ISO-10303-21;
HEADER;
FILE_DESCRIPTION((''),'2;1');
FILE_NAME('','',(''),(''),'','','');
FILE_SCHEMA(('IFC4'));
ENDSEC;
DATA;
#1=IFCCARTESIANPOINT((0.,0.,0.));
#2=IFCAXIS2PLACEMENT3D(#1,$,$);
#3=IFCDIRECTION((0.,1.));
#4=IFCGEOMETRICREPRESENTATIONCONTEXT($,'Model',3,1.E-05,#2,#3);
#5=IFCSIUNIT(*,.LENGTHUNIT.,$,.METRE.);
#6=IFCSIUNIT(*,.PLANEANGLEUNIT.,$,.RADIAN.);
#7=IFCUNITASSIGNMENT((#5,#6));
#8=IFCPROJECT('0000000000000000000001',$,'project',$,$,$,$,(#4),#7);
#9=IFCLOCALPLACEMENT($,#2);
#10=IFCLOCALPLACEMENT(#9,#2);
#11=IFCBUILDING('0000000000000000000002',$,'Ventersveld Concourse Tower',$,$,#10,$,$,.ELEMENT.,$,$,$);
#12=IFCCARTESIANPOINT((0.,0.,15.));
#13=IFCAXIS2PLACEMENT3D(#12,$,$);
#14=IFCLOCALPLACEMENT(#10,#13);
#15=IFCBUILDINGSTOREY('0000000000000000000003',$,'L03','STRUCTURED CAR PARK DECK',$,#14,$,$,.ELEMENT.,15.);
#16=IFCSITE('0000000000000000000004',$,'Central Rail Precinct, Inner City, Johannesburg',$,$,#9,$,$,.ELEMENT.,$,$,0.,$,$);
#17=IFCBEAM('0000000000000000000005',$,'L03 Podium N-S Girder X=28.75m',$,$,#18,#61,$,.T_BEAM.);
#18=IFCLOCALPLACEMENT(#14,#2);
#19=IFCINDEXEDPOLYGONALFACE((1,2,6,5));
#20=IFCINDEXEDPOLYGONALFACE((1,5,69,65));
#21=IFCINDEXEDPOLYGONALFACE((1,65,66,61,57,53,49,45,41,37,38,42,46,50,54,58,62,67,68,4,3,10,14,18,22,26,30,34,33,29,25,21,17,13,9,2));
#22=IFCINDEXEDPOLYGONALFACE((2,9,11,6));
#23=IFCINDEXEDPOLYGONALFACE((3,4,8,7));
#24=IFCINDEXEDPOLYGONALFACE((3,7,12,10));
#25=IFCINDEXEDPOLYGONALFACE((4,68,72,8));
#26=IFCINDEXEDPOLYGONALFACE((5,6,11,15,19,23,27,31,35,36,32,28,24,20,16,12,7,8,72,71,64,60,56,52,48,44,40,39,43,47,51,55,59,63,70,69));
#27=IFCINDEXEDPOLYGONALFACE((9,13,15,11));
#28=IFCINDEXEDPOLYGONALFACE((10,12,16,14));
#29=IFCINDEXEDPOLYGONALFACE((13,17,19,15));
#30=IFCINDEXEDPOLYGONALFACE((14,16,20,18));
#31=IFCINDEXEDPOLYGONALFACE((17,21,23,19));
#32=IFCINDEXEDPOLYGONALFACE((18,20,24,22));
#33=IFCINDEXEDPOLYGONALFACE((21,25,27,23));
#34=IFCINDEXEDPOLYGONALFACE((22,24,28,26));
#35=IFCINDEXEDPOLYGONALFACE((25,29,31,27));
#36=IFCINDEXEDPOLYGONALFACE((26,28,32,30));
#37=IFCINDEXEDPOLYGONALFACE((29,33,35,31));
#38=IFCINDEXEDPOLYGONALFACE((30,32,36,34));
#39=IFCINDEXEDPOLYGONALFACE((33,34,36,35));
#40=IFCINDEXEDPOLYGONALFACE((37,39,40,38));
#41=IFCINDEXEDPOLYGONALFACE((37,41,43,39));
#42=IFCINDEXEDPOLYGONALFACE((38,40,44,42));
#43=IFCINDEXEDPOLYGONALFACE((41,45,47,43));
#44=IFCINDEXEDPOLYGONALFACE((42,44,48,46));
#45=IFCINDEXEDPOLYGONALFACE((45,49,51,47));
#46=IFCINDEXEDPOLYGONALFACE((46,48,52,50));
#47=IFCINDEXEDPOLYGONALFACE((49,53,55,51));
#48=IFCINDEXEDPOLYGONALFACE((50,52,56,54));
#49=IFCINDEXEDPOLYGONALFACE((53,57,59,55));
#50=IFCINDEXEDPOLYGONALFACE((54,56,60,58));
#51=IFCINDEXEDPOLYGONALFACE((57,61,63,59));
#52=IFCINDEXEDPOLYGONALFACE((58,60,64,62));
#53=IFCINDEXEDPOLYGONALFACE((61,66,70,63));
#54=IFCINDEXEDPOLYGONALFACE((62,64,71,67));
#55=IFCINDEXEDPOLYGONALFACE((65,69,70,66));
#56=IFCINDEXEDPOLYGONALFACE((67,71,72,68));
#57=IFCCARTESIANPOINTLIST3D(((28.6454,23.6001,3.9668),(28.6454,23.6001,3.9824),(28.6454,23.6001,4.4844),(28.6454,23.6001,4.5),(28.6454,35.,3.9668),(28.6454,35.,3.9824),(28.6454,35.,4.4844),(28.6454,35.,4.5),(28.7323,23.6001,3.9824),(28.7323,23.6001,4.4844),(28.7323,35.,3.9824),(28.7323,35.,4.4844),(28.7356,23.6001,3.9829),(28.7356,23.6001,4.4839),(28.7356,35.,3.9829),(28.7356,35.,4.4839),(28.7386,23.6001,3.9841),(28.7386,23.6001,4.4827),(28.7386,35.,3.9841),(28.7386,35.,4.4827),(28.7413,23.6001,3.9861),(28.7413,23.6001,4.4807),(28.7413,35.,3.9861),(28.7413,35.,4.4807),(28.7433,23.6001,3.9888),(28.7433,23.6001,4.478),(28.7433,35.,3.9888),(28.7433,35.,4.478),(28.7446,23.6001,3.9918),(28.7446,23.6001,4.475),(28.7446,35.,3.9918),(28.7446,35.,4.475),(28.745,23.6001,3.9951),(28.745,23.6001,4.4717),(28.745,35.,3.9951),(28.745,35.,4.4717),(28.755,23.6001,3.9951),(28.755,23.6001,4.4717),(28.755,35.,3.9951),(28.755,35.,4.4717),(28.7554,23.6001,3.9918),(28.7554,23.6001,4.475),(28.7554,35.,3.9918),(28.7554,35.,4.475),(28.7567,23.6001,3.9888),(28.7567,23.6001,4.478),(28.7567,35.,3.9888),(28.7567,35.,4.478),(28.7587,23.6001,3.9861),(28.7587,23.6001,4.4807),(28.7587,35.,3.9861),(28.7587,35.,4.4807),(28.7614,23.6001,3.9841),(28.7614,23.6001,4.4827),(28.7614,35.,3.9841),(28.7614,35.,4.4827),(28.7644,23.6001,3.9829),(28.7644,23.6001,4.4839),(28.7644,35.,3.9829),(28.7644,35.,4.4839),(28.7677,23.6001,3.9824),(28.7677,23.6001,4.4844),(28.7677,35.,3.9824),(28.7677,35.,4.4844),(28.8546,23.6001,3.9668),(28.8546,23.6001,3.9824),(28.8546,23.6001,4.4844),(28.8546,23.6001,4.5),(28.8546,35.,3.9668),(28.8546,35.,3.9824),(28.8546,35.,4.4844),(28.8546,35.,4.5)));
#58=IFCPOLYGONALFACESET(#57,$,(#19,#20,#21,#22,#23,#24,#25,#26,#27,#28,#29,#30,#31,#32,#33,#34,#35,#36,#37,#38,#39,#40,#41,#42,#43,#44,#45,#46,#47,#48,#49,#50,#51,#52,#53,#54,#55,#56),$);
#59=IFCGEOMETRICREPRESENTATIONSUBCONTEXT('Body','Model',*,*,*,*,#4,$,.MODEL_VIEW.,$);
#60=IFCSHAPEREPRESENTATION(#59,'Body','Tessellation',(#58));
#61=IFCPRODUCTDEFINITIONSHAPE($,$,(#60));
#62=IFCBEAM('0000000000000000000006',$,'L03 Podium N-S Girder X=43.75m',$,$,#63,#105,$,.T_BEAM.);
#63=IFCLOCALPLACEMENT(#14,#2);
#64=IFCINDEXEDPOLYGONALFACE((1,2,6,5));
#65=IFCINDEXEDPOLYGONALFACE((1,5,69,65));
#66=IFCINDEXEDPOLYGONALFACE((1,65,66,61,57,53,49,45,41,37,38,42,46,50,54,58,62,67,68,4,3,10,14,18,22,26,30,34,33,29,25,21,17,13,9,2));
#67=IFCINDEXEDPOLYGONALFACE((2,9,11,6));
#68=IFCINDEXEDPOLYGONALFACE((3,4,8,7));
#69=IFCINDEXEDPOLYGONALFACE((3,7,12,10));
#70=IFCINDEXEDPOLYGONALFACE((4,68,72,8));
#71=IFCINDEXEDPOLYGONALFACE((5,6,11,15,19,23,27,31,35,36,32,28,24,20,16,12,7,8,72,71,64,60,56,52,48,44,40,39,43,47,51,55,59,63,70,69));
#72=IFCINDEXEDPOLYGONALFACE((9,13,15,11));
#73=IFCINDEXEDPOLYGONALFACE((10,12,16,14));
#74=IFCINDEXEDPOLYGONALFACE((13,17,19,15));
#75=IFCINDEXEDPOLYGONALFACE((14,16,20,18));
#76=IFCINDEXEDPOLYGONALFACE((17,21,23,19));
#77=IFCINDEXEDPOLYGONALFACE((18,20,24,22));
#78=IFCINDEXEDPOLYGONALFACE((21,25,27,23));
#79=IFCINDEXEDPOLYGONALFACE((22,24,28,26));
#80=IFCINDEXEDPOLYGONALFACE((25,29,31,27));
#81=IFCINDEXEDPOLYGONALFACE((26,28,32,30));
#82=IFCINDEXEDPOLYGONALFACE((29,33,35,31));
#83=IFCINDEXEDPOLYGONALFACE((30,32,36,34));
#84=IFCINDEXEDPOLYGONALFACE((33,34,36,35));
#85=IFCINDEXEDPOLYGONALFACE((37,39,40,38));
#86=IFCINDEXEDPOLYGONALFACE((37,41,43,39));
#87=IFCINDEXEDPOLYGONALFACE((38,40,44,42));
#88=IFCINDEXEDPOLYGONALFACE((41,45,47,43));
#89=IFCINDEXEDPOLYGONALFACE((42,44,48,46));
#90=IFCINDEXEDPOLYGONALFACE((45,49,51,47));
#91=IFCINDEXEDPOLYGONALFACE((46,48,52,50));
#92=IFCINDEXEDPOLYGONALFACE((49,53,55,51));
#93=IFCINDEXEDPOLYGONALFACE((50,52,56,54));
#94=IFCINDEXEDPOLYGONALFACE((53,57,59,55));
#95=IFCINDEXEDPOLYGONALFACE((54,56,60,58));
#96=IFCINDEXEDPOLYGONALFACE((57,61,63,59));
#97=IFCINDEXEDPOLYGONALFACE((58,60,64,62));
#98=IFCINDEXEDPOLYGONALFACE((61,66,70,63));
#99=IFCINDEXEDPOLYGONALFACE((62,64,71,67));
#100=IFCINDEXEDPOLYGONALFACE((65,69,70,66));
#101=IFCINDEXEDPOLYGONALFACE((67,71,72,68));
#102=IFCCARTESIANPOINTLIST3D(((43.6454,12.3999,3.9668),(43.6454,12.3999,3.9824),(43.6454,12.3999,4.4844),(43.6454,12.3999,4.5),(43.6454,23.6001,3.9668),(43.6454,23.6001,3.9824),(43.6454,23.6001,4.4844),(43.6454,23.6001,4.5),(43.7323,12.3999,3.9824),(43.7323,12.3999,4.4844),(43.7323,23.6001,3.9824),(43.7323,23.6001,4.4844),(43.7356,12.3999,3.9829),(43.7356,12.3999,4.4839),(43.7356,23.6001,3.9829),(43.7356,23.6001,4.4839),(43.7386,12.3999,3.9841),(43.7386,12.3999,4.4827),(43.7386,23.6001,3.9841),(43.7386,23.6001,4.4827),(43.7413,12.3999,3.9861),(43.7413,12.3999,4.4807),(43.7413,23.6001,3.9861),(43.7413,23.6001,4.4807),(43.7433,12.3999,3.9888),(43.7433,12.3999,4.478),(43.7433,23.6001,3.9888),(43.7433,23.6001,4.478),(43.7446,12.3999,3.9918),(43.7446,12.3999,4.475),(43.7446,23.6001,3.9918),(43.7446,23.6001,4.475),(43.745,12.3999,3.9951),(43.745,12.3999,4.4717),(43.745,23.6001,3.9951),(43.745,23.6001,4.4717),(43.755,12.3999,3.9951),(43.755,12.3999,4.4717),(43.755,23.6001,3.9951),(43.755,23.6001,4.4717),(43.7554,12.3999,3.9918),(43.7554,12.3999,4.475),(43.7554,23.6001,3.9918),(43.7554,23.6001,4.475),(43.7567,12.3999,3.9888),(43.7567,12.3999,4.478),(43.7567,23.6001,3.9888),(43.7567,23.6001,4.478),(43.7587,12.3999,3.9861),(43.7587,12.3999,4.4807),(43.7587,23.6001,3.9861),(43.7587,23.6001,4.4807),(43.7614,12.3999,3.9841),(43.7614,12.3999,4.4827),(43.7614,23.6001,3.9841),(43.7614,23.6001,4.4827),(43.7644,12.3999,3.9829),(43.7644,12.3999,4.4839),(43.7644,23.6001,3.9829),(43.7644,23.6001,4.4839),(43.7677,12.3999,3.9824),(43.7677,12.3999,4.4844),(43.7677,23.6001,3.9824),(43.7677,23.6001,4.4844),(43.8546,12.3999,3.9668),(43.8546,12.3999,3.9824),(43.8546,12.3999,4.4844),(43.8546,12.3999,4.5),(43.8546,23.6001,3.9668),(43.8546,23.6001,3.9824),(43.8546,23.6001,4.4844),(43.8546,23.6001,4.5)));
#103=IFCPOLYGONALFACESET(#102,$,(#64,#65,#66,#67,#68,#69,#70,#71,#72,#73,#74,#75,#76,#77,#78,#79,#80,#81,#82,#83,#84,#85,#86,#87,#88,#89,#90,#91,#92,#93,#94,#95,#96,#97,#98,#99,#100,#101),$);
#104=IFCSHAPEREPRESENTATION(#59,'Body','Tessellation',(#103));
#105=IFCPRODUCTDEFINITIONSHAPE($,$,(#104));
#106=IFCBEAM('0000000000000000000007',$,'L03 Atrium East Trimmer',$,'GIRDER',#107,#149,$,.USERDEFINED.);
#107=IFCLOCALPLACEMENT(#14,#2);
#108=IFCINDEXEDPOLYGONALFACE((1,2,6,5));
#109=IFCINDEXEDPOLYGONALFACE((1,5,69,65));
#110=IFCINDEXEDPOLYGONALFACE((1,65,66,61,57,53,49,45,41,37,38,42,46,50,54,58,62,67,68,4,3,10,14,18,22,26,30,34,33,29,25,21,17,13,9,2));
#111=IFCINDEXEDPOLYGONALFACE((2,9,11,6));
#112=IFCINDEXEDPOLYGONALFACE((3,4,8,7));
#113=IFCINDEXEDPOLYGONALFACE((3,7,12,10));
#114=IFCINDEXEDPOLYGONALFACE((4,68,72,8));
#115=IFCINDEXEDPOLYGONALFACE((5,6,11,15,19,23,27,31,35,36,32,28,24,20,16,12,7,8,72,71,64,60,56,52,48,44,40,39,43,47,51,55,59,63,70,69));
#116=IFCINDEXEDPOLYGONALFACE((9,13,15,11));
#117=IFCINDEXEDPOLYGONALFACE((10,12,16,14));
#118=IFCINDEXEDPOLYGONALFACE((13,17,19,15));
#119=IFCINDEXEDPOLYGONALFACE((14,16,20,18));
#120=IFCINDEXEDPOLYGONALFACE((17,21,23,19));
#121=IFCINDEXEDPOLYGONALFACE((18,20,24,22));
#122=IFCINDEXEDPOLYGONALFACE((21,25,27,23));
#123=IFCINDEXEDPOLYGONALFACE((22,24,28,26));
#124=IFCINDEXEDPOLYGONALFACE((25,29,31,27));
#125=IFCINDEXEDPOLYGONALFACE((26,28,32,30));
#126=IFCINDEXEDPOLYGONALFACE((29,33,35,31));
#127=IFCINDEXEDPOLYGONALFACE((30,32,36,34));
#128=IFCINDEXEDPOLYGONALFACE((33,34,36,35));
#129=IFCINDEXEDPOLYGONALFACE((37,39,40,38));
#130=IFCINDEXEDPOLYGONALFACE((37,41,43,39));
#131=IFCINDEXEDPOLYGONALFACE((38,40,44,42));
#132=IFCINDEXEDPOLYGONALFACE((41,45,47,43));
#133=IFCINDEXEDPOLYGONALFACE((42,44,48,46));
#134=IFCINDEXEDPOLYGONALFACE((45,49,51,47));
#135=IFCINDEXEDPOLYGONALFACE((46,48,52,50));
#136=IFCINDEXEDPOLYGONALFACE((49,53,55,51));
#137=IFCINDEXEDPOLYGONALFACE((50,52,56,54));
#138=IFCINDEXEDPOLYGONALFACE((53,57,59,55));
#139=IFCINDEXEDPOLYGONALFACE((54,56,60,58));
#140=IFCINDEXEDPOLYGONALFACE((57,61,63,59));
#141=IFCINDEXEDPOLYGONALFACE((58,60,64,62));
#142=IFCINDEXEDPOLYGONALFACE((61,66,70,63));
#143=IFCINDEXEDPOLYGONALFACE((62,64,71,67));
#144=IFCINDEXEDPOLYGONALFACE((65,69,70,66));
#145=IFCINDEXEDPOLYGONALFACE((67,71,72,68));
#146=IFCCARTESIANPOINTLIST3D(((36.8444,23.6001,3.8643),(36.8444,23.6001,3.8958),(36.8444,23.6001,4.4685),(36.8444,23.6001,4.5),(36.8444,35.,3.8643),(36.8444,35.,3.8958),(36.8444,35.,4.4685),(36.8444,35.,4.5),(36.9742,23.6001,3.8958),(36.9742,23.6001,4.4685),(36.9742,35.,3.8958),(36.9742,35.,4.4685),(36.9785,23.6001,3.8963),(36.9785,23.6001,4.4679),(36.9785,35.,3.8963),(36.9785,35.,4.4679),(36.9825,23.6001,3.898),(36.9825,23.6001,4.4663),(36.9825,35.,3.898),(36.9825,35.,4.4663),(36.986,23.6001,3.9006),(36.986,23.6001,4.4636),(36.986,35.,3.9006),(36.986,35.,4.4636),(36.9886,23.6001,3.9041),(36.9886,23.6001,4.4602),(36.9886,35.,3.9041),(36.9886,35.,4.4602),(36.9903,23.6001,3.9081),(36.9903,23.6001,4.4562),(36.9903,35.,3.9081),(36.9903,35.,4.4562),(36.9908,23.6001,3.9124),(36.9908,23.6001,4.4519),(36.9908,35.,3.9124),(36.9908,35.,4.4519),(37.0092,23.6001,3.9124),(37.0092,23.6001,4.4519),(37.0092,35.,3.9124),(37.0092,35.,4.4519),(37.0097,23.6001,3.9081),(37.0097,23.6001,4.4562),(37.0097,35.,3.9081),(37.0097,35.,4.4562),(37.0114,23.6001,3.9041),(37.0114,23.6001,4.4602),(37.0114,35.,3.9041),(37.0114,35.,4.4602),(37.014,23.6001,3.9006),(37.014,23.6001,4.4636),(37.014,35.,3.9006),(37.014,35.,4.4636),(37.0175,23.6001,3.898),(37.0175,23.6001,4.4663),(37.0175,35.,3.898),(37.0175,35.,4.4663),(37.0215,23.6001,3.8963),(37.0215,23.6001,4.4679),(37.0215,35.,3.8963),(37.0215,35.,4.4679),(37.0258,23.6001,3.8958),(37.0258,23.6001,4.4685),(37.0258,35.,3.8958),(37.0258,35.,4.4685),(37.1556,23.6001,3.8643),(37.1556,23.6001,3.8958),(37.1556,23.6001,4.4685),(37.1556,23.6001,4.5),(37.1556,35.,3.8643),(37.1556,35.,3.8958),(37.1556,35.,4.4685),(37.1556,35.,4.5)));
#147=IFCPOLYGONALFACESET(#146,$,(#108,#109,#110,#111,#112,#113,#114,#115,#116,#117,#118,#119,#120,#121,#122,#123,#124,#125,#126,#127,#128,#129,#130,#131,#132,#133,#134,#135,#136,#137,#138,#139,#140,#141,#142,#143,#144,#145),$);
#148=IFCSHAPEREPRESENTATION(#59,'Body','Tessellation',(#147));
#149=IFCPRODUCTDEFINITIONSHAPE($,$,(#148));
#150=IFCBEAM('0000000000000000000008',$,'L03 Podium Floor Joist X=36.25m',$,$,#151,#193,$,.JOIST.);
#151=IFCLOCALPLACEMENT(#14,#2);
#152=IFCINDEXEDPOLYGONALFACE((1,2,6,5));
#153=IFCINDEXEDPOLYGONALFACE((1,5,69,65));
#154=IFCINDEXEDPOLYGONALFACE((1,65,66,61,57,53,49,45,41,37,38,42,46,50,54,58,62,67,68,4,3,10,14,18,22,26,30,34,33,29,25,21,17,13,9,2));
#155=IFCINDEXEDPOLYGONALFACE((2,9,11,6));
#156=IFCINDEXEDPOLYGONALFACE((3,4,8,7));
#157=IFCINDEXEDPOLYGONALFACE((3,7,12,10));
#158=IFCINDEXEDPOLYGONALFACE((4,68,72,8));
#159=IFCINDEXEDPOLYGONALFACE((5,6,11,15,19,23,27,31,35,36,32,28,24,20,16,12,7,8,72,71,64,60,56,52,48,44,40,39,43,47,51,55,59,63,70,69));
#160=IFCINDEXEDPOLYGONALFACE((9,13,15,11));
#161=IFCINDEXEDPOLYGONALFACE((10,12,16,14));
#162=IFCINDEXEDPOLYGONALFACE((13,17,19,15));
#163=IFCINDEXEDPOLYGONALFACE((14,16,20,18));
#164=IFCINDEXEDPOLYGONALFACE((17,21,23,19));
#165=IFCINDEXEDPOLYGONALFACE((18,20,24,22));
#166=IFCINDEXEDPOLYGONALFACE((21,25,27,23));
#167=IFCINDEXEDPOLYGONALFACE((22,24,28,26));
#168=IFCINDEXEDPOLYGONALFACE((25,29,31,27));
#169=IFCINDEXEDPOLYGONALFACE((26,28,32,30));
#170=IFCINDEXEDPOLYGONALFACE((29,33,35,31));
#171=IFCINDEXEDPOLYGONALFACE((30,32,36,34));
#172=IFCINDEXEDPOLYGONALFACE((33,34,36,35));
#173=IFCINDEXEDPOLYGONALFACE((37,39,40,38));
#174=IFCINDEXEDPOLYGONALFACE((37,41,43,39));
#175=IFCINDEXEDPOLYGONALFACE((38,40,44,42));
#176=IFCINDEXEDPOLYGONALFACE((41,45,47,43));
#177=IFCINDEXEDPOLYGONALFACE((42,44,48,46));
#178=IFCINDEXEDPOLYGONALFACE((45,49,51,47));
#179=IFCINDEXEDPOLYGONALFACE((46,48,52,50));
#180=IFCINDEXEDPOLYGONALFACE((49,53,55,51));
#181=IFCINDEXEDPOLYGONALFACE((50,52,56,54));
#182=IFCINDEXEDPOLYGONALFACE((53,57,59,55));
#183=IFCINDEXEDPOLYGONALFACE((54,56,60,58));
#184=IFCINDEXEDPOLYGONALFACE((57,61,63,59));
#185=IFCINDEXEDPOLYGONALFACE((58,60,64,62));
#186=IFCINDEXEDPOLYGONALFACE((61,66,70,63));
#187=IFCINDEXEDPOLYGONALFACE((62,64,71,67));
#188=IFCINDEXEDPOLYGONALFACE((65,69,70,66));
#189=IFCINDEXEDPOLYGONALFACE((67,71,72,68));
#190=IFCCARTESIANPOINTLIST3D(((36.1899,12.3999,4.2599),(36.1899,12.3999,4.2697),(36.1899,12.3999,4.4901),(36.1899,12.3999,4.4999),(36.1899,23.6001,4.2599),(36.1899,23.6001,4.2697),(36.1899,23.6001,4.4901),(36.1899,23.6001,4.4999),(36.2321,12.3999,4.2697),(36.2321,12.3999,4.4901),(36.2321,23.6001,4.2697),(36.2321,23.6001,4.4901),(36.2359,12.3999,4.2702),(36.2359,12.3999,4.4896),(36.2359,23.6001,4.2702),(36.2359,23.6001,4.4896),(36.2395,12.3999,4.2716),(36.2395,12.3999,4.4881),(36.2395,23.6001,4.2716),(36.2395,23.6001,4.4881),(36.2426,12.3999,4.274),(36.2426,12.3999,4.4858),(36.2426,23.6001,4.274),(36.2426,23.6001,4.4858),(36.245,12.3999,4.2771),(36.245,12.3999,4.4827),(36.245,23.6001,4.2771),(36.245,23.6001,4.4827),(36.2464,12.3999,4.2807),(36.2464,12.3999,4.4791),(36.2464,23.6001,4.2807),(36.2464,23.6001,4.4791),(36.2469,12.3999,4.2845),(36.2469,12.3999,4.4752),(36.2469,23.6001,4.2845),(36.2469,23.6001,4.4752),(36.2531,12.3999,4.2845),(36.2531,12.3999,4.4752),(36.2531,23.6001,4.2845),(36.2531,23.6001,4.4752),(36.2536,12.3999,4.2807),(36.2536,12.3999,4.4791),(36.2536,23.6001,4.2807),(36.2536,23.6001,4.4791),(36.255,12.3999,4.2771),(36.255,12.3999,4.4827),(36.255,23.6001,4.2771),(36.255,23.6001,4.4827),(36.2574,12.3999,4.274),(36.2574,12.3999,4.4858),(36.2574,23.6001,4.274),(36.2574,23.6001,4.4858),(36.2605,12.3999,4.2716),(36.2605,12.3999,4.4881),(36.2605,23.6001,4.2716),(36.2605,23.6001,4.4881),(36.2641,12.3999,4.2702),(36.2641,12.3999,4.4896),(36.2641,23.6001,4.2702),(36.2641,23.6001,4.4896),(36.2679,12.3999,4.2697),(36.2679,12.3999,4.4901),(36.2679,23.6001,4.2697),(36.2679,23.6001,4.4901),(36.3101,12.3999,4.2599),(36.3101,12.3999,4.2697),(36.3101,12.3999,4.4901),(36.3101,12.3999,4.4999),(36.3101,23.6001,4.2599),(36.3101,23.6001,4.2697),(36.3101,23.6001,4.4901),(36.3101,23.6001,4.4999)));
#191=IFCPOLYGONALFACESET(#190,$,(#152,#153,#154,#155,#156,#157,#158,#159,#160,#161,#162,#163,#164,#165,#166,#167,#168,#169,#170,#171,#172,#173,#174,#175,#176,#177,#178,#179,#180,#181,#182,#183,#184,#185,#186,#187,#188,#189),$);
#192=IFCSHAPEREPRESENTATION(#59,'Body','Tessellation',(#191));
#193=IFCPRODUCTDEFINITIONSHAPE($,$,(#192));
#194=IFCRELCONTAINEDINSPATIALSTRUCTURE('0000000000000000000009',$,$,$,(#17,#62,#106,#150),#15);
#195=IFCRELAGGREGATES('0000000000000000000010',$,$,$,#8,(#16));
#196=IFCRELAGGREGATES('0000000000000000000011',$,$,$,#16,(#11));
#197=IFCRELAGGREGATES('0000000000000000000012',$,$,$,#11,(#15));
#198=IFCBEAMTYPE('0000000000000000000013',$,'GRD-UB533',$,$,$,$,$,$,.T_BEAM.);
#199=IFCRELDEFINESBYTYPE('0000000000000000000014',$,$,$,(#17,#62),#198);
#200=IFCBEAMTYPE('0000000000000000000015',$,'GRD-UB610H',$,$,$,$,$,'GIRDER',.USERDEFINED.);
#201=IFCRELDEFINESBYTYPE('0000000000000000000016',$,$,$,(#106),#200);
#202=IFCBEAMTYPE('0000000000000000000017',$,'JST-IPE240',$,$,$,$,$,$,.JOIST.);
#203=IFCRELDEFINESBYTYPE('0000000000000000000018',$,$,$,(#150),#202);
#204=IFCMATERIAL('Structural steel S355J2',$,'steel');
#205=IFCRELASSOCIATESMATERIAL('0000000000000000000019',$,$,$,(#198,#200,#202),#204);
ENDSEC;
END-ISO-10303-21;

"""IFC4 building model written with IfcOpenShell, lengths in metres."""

from ifc_helpers import new_model, si_unit, direction, frame, origin, origin_2d, place, context, subcontext, project, spatial, i_section, extrude, material, material_profile, profile_set, type_object, element, save


model = new_model("IFC4")

# Units and contexts
model_context = context("Model", 3, precision=1e-05, world=origin(), true_north=direction((0.0, 1.0)))
body_context = subcontext(model_context, "Body", "Model", "MODEL_VIEW")
ifc_project = project(units=[si_unit("LENGTHUNIT", "METRE"), si_unit("PLANEANGLEUNIT", "RADIAN")], contexts=[model_context])

# Site, building, storey
site_placement = place(None, origin())
site = spatial("IfcSite", under=ifc_project, at=site_placement, Name="Central Rail Precinct, Inner City, Johannesburg", CompositionType="ELEMENT", RefElevation=0.0)
building_placement = place(site_placement, origin())
building = spatial("IfcBuilding", under=site, at=building_placement, Name="Ventersveld Concourse Tower", CompositionType="ELEMENT")
storey_placement = place(building_placement, frame((0.0, 0.0, 15.0)))
storey = spatial("IfcBuildingStorey", under=building, at=storey_placement, Name="L03", Description="STRUCTURED CAR PARK DECK", CompositionType="ELEMENT", Elevation=15.0)

# Beams
ifc_material_1 = material(Name="Structural steel S355J2", Category="steel")
ifc_material_profile_1 = material_profile(ifc_material_1, i_section(OverallWidth=0.2092, OverallDepth=0.5332, WebThickness=0.01, FlangeThickness=0.0156, FilletRadius=0.0127, at=origin_2d()), Name="UB 533x210x92")
ifc_profile_set_1 = profile_set([ifc_material_profile_1], Name="Structural steel S355J2")
beam_type_1 = type_object("IfcBeamType", Name="GRD-UB533", PredefinedType="T_BEAM", material=ifc_profile_set_1)
beam_1_placement = place(storey_placement, frame((28.75, 23.6001, 4.2334), z_axis=(0.0, 1.0, 0.0), x_axis=(-1.0, 0.0, 0.0)))
element("IfcBeam", 1, at=beam_1_placement, inside=storey, type_object=beam_type_1, Name="L03 Podium N-S Girder X=28.75m", PredefinedType="T_BEAM", context=body_context, shape_type="SweptSolid", body=[
    extrude(i_section(OverallWidth=0.2092, OverallDepth=0.5332, WebThickness=0.01, FlangeThickness=0.0156, FilletRadius=0.0127, at=origin_2d()), origin(), (0.0, 0.0, 1.0), 11.3999),
])
beam_2_placement = place(storey_placement, frame((43.75, 12.3999, 4.2334), z_axis=(0.0, 1.0, 0.0), x_axis=(-1.0, 0.0, 0.0)))
element("IfcBeam", 2, at=beam_2_placement, inside=storey, type_object=beam_type_1, Name="L03 Podium N-S Girder X=43.75m", PredefinedType="T_BEAM", context=body_context, shape_type="SweptSolid", body=[
    extrude(i_section(OverallWidth=0.2092, OverallDepth=0.5332, WebThickness=0.01, FlangeThickness=0.0156, FilletRadius=0.0127, at=origin_2d()), origin(), (0.0, 0.0, 1.0), 11.2002),
])
ifc_material_profile_2 = material_profile(ifc_material_1, i_section(OverallWidth=0.3113, OverallDepth=0.6357, WebThickness=0.0183, FlangeThickness=0.0315, FilletRadius=0.0166, at=origin_2d()), Name="UB 610x305x238")
ifc_profile_set_2 = profile_set([ifc_material_profile_2], Name="Structural steel S355J2")
beam_type_2 = type_object("IfcBeamType", Name="GRD-UB610H", ElementType="GIRDER", PredefinedType="USERDEFINED", material=ifc_profile_set_2)
beam_3_placement = place(storey_placement, frame((37.0, 23.6001, 4.1821), z_axis=(0.0, 1.0, 0.0), x_axis=(-1.0, 0.0, 0.0)))
element("IfcBeam", 3, at=beam_3_placement, inside=storey, type_object=beam_type_2, Name="L03 Atrium East Trimmer", ObjectType="GIRDER", PredefinedType="USERDEFINED", context=body_context, shape_type="SweptSolid", body=[
    extrude(i_section(OverallWidth=0.3113, OverallDepth=0.6357, WebThickness=0.0183, FlangeThickness=0.0315, FilletRadius=0.0166, at=origin_2d()), origin(), (0.0, 0.0, 1.0), 11.3999),
])
ifc_material_profile_3 = material_profile(ifc_material_1, i_section(OverallWidth=0.1201, OverallDepth=0.24, WebThickness=0.0061, FlangeThickness=0.0098, FilletRadius=0.0149, at=origin_2d()), Name="IPE 240")
ifc_profile_set_3 = profile_set([ifc_material_profile_3], Name="Structural steel S355J2")
beam_type_3 = type_object("IfcBeamType", Name="JST-IPE240", PredefinedType="JOIST", material=ifc_profile_set_3)
beam_4_placement = place(storey_placement, frame((36.25, 12.3999, 4.3799), z_axis=(0.0, 1.0, 0.0), x_axis=(-1.0, 0.0, 0.0)))
element("IfcBeam", 4, at=beam_4_placement, inside=storey, type_object=beam_type_3, Name="L03 Podium Floor Joist X=36.25m", PredefinedType="JOIST", context=body_context, shape_type="SweptSolid", body=[
    extrude(i_section(OverallWidth=0.1201, OverallDepth=0.24, WebThickness=0.0061, FlangeThickness=0.0098, FilletRadius=0.0149, at=origin_2d()), origin(), (0.0, 0.0, 1.0), 11.2002),
])

save(model, "model.ifc")
